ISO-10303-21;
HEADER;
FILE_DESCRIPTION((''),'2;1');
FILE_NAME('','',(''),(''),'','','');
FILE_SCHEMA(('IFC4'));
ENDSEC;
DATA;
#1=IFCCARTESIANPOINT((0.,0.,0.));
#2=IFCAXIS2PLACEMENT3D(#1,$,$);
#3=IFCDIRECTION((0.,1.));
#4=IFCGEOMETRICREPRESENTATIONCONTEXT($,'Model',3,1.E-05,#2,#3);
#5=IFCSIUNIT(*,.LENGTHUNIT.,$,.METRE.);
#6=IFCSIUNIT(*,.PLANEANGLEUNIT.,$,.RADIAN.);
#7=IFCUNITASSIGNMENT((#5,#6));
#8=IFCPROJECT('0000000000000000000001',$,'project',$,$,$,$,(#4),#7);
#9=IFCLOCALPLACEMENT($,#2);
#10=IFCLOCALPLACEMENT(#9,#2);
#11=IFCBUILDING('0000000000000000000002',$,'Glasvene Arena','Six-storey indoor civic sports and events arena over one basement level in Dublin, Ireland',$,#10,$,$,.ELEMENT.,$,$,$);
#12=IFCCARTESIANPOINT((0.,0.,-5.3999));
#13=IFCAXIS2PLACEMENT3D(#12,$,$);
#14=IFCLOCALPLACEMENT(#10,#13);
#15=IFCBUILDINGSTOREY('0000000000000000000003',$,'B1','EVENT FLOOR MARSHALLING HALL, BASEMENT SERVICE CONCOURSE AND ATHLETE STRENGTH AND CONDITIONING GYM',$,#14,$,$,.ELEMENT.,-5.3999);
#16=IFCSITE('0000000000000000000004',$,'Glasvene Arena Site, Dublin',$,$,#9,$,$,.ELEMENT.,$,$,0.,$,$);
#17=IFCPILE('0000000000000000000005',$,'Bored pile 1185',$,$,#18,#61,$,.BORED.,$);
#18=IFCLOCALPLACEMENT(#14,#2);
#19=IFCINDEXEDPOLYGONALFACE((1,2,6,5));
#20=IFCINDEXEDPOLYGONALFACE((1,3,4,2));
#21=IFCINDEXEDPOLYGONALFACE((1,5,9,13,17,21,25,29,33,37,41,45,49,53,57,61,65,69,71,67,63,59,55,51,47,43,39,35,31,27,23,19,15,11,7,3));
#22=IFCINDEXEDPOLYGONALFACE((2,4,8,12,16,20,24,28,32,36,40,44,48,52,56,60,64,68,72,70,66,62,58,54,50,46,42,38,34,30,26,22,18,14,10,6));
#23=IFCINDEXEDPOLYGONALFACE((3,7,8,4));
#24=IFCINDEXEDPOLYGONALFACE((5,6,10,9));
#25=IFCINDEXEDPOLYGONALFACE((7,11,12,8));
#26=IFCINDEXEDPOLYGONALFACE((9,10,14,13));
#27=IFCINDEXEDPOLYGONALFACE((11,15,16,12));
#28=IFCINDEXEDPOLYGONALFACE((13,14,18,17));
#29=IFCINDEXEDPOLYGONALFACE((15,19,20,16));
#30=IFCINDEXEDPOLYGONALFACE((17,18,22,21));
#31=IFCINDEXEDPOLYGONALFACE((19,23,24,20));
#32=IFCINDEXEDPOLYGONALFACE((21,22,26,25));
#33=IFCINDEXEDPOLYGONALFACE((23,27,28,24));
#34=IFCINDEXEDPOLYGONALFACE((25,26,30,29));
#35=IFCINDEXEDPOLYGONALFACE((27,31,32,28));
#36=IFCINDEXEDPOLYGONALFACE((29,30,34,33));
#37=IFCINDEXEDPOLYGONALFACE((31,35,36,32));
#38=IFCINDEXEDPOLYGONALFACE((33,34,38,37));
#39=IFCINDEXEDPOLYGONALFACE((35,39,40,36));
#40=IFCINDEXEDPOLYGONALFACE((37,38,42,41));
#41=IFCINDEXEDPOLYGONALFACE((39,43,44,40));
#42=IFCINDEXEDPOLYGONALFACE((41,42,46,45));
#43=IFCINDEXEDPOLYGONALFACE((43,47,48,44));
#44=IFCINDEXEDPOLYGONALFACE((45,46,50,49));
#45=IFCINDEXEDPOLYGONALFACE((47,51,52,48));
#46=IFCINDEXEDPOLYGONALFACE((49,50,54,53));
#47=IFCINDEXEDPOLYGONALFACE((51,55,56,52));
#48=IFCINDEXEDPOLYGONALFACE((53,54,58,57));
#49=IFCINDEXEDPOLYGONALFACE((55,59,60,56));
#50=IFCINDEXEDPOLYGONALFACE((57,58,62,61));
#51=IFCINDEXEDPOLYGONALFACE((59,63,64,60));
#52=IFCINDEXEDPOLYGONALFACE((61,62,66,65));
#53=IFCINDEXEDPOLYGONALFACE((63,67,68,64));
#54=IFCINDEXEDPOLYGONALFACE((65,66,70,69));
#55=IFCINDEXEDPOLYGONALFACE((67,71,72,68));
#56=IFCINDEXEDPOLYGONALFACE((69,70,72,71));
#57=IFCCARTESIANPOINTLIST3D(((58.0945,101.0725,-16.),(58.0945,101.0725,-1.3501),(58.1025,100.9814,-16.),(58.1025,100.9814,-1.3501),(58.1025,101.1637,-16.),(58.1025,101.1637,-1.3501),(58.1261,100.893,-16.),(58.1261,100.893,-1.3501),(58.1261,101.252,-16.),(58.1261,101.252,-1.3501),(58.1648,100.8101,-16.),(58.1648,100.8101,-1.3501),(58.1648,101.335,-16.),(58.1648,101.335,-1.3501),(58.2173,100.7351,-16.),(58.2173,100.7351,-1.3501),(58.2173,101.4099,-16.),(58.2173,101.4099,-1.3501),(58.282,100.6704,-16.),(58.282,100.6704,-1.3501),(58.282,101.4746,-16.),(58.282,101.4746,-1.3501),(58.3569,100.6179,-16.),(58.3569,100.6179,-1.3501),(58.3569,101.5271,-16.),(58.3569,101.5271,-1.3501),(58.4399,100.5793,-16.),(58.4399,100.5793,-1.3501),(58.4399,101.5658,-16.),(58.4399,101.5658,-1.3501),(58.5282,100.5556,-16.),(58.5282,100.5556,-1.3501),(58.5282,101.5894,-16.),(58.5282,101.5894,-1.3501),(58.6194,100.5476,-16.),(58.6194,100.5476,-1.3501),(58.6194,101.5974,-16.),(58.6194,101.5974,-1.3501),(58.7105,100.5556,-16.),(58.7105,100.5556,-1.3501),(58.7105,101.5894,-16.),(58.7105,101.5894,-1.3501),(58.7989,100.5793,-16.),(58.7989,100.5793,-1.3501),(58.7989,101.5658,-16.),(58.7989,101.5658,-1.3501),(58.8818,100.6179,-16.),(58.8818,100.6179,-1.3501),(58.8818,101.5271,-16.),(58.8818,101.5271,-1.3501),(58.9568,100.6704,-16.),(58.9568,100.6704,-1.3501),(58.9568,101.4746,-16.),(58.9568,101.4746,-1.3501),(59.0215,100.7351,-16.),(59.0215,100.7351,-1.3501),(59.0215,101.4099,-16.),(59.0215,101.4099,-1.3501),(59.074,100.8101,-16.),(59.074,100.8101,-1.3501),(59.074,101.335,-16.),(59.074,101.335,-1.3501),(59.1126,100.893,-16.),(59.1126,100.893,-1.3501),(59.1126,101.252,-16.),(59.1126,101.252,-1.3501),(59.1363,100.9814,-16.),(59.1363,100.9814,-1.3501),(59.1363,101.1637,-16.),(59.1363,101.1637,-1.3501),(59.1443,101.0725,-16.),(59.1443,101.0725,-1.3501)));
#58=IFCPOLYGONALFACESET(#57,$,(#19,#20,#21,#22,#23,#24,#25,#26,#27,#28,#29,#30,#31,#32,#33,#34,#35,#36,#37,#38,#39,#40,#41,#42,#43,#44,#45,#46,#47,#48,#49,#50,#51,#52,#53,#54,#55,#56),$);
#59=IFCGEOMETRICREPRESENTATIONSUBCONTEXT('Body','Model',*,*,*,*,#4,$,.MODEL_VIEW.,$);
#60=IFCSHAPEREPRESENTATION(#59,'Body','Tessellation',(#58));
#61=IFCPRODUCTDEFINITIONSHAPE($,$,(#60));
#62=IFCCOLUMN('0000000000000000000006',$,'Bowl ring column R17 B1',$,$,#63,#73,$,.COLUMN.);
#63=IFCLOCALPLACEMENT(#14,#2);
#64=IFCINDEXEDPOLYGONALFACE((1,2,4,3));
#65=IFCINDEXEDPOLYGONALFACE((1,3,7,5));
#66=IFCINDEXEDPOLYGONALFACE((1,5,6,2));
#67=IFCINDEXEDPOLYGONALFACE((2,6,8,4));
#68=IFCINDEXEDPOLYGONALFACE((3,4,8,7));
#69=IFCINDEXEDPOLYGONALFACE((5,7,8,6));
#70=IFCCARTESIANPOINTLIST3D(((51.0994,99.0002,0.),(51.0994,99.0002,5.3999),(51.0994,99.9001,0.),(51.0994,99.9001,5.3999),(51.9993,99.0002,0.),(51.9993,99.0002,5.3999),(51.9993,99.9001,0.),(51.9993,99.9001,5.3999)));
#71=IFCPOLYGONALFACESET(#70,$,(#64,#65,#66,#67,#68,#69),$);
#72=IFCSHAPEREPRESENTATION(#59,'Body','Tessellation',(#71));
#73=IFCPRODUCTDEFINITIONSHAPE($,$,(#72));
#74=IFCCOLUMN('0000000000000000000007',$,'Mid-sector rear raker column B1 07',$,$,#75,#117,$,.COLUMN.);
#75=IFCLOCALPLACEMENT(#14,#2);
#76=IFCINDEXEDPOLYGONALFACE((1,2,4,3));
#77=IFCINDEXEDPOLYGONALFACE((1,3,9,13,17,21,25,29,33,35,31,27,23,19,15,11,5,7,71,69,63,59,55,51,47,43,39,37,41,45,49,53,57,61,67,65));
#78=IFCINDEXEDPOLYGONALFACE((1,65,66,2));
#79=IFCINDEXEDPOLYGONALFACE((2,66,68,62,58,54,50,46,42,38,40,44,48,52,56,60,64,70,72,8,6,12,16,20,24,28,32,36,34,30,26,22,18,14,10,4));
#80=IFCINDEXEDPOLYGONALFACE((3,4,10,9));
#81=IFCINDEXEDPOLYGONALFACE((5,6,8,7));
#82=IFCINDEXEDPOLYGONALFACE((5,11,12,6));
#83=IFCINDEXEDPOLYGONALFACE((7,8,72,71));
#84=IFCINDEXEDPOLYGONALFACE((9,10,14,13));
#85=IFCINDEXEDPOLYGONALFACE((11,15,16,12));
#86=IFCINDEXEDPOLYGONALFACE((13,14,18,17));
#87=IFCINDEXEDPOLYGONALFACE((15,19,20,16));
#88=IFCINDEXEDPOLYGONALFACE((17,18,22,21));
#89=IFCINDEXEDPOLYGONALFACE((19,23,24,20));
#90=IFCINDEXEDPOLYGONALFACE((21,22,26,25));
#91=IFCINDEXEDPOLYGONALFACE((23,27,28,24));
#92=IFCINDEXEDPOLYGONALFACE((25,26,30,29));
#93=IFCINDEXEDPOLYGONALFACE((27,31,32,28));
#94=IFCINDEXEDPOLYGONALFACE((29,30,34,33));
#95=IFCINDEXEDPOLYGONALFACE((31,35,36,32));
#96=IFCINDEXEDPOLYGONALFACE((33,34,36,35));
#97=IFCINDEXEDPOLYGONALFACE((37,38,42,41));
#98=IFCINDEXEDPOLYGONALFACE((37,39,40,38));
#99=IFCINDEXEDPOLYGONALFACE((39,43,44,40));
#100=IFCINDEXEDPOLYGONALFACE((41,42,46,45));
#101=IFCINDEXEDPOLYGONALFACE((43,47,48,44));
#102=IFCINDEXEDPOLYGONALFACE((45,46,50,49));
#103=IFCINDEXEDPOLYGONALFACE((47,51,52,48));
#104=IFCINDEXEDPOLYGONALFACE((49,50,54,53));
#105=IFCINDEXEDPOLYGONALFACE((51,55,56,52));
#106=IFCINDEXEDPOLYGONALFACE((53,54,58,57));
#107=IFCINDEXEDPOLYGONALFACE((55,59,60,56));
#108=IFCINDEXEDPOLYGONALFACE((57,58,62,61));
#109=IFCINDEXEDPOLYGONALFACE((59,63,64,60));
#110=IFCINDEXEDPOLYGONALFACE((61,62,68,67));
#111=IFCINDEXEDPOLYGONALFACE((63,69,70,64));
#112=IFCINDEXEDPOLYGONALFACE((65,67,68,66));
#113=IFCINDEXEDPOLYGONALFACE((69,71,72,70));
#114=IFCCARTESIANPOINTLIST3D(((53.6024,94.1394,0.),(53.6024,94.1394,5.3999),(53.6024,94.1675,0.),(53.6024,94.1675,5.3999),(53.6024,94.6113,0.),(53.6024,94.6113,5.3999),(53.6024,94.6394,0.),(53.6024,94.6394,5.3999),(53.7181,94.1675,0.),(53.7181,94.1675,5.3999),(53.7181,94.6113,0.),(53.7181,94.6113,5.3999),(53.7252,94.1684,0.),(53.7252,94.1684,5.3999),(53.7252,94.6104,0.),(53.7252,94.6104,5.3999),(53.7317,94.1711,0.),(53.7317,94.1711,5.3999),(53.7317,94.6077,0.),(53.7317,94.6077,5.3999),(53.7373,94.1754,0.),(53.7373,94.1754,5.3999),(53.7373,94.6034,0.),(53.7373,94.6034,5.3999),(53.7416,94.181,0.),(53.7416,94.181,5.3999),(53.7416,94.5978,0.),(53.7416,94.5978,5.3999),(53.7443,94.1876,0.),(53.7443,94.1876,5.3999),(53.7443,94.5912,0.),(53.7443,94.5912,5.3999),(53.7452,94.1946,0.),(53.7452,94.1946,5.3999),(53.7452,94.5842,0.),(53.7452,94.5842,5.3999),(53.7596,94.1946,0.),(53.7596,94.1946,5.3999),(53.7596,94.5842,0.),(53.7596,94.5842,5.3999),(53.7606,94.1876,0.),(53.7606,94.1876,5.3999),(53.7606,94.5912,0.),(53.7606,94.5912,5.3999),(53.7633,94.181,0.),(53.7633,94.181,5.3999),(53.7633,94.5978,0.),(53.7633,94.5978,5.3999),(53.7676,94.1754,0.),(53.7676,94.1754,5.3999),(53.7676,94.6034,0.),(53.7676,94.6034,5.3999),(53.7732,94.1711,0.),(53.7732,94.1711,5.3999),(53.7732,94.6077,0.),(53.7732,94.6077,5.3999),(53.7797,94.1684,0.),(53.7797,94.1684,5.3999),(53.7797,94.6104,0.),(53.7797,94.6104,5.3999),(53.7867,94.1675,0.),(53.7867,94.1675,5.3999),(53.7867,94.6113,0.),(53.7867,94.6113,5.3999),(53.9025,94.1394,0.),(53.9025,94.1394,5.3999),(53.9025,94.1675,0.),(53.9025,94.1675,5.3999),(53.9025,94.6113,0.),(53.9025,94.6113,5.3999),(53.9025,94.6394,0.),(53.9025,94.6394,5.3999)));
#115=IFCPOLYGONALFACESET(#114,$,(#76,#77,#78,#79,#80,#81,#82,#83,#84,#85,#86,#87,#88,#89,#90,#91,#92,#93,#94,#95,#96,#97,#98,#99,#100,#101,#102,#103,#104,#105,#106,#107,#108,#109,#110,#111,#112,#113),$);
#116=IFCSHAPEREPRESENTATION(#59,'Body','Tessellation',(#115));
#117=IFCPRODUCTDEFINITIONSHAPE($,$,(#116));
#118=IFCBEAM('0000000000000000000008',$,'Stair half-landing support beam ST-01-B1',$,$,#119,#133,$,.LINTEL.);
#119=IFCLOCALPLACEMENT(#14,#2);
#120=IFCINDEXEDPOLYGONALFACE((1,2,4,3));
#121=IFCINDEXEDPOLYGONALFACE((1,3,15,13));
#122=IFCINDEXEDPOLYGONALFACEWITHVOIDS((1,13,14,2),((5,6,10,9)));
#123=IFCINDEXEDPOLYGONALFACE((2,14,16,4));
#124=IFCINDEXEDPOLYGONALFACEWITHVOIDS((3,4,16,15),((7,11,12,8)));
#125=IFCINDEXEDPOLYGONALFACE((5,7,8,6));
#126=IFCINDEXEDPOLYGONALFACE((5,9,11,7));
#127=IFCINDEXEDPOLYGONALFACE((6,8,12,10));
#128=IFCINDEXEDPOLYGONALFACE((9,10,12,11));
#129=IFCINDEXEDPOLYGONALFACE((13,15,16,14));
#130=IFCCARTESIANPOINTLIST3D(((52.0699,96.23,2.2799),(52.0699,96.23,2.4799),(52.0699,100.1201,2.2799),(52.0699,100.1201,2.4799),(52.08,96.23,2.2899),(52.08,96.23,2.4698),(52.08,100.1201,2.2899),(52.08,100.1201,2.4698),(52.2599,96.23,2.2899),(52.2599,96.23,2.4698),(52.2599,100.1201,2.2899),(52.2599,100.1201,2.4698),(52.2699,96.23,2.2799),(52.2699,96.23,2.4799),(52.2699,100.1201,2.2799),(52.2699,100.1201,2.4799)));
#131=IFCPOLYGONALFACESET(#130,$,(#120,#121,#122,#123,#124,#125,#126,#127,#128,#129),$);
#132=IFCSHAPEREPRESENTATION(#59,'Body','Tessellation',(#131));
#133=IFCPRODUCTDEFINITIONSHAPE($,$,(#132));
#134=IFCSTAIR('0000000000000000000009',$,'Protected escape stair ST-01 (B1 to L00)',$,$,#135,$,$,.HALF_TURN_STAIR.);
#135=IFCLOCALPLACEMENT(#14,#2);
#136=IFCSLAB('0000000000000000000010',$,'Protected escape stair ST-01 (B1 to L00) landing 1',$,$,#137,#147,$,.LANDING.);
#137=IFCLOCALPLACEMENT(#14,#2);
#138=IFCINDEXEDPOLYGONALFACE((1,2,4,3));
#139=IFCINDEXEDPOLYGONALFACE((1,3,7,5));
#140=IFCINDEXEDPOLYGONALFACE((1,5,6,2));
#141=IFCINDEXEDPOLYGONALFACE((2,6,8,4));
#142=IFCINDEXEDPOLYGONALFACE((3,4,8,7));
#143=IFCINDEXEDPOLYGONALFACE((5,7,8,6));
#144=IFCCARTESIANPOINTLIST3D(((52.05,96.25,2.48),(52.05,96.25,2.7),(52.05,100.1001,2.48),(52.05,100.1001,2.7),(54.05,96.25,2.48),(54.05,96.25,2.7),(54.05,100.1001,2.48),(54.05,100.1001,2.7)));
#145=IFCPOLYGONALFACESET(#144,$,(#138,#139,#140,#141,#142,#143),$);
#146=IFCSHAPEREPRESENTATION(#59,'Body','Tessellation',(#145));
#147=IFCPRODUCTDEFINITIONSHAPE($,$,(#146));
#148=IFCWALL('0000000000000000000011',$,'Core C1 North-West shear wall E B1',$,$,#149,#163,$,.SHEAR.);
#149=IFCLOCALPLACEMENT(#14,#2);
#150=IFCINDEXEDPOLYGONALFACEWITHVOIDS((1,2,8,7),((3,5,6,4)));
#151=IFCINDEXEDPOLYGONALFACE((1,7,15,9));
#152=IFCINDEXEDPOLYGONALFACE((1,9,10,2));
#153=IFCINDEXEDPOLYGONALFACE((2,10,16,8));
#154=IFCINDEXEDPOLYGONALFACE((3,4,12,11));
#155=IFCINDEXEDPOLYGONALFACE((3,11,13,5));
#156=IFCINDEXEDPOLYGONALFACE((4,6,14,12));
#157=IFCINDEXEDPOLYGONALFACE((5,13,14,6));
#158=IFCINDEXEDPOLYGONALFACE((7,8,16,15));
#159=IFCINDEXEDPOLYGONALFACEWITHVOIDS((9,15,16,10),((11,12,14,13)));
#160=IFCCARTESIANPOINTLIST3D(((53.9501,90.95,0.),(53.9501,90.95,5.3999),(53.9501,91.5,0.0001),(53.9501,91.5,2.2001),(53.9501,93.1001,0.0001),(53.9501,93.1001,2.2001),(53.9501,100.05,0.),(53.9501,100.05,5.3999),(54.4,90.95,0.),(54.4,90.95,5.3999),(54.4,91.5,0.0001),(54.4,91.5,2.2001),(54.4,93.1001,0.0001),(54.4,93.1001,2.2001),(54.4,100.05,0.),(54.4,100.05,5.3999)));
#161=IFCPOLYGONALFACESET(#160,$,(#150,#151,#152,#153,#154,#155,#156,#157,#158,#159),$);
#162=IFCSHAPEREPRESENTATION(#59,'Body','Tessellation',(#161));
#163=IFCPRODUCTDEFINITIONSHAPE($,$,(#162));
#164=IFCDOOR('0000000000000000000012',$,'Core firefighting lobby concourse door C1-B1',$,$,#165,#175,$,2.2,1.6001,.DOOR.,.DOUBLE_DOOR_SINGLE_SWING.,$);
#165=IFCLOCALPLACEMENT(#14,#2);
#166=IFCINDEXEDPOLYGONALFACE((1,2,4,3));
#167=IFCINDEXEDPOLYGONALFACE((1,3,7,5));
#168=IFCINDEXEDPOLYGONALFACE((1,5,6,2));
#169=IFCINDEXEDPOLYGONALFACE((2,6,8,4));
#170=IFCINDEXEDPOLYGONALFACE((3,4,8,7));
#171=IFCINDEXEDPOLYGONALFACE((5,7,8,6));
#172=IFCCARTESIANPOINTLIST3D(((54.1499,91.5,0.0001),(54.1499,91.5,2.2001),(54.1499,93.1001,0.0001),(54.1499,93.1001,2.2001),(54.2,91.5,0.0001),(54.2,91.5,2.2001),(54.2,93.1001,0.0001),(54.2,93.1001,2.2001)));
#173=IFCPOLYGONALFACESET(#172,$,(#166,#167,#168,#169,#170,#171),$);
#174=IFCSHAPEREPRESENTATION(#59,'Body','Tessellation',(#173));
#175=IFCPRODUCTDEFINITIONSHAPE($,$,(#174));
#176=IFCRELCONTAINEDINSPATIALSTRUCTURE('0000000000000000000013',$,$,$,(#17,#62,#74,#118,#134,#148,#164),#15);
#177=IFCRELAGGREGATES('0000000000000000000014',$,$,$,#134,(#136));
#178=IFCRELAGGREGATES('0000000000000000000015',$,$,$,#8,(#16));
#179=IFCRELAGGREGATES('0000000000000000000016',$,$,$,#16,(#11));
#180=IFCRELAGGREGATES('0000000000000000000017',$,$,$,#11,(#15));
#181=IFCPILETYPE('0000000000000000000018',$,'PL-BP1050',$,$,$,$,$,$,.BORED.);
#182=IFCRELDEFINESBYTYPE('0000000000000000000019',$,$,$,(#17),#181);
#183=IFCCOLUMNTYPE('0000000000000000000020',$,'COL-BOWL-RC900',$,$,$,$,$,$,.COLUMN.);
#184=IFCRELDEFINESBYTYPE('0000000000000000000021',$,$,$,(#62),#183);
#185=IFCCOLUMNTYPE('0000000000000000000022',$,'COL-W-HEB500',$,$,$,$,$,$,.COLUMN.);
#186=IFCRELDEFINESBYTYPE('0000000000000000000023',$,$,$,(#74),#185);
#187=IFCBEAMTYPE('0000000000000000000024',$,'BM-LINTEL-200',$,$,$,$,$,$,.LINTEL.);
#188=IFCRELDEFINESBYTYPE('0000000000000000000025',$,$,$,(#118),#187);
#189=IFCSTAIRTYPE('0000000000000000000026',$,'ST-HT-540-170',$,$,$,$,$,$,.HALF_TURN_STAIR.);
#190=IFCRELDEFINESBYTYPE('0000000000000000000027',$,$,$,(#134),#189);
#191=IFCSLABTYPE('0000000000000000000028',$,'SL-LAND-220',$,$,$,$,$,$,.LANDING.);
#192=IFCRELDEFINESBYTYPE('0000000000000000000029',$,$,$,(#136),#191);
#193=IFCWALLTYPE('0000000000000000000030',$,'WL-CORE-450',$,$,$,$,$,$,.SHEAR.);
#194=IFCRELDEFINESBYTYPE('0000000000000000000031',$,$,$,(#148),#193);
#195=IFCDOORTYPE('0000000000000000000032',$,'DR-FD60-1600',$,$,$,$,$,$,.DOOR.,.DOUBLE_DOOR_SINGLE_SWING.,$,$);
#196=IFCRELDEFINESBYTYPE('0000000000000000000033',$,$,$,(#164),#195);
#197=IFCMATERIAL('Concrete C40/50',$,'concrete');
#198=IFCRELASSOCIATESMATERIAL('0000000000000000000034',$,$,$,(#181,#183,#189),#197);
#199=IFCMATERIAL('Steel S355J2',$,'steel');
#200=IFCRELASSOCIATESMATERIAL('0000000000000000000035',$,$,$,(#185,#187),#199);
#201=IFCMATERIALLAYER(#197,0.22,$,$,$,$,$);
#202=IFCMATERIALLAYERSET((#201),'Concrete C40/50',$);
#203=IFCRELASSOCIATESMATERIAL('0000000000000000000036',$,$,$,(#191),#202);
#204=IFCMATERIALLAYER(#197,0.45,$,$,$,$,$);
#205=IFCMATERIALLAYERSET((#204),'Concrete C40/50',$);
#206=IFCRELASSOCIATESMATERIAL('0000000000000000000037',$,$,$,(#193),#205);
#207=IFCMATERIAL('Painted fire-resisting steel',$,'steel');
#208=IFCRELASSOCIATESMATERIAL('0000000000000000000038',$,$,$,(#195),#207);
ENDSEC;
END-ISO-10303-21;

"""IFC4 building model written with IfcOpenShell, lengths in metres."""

from ifc_helpers import new_model, si_unit, direction, frame, frame_2d, origin, origin_2d, place, context, subcontext, project, spatial, polyline, rectangle, hollow_rectangle, circle, i_section, outline, extrude, material, layer, layer_set, material_profile, profile_set, type_object, element, fill, aggregate, save


model = new_model("IFC4")

# Units and contexts
model_context = context("Model", 3, precision=1e-05, world=origin(), true_north=direction((0.0, 1.0)))
body_context = subcontext(model_context, "Body", "Model", "MODEL_VIEW")
ifc_project = project(units=[si_unit("LENGTHUNIT", "METRE"), si_unit("PLANEANGLEUNIT", "RADIAN")], contexts=[model_context])

# Site, building, storey
site_placement = place(None, origin())
site = spatial("IfcSite", under=ifc_project, at=site_placement, Name="Glasvene Arena Site, Dublin", CompositionType="ELEMENT", RefElevation=0.0)
building_placement = place(site_placement, origin())
building = spatial("IfcBuilding", under=site, at=building_placement, Name="Glasvene Arena", Description="Six-storey indoor civic sports and events arena over one basement level in Dublin, Ireland", CompositionType="ELEMENT")
storey_placement = place(building_placement, frame((0.0, 0.0, -5.3999)))
storey = spatial("IfcBuildingStorey", under=building, at=storey_placement, Name="B1", Description="EVENT FLOOR MARSHALLING HALL, BASEMENT SERVICE CONCOURSE AND ATHLETE STRENGTH AND CONDITIONING GYM", CompositionType="ELEMENT", Elevation=-5.3999)

# Pile
ifc_material_1 = material(Name="Concrete C40/50", Category="concrete")
ifc_material_profile_1 = material_profile(ifc_material_1, circle(Radius=0.5249, at=origin_2d()), Name="BORED PILE 1050")
ifc_profile_set_1 = profile_set([ifc_material_profile_1], Name="Concrete C40/50")
pile_type = type_object("IfcPileType", Name="PL-BP1050", PredefinedType="BORED", material=ifc_profile_set_1)
for number, where, z_axis, x_axis, name in (
    (1, (58.6194, 101.0725, -1.3501), (0.0, 0.0, -1.0), (1.0, 0.0, 0.0), "Bored pile 1185"),
):
    element("IfcPile", number, at=place(storey_placement, frame(where, z_axis=z_axis, x_axis=x_axis)), inside=storey, type_object=pile_type, Name=name, PredefinedType="BORED", context=body_context, shape_type="SweptSolid", body=[
        extrude(circle(Radius=0.5249, at=origin_2d()), origin(), (0.0, 0.0, 1.0), 14.6499),
    ])

# Columns
ifc_material_profile_2 = material_profile(ifc_material_1, rectangle(XDim=0.8999, YDim=0.8999, at=origin_2d()), Name="RC 900x900")
ifc_profile_set_2 = profile_set([ifc_material_profile_2], Name="Concrete C40/50")
column_type_1 = type_object("IfcColumnType", Name="COL-BOWL-RC900", PredefinedType="COLUMN", material=ifc_profile_set_2)
column_1_placement = place(storey_placement, frame((51.5493, 99.4502, 0.0), z_axis=(0.0, 0.0, 1.0), x_axis=(1.0, 0.0, 0.0)))
element("IfcColumn", 2, at=column_1_placement, inside=storey, type_object=column_type_1, Name="Bowl ring column R17 B1", PredefinedType="COLUMN", context=body_context, shape_type="SweptSolid", body=[
    extrude(rectangle(XDim=0.8999, YDim=0.8999, at=origin_2d()), origin(), (0.0, 0.0, 1.0), 5.3999),
])
ifc_material_2 = material(Name="Steel S355J2", Category="steel")
ifc_material_profile_3 = material_profile(ifc_material_2, i_section(OverallWidth=0.3, OverallDepth=0.5, WebThickness=0.0144, FlangeThickness=0.0281, FilletRadius=0.0271, at=origin_2d()), Name="HEB 500")
ifc_profile_set_3 = profile_set([ifc_material_profile_3], Name="Steel S355J2")
column_type_2 = type_object("IfcColumnType", Name="COL-W-HEB500", PredefinedType="COLUMN", material=ifc_profile_set_3)
column_2_placement = place(storey_placement, frame((53.7524, 94.3894, 0.0), z_axis=(0.0, 0.0, 1.0), x_axis=(1.0, 0.0, 0.0)))
element("IfcColumn", 3, at=column_2_placement, inside=storey, type_object=column_type_2, Name="Mid-sector rear raker column B1 07", PredefinedType="COLUMN", context=body_context, shape_type="SweptSolid", body=[
    extrude(i_section(OverallWidth=0.3, OverallDepth=0.5, WebThickness=0.0144, FlangeThickness=0.0281, FilletRadius=0.0271, at=origin_2d()), origin(), (0.0, 0.0, 1.0), 5.3999),
])

# Beam
ifc_material_profile_4 = material_profile(ifc_material_2, hollow_rectangle(XDim=0.2, YDim=0.2, WallThickness=0.01, at=origin_2d()), Name="SHS 200x200x10.0")
ifc_profile_set_4 = profile_set([ifc_material_profile_4], Name="Steel S355J2")
beam_type = type_object("IfcBeamType", Name="BM-LINTEL-200", PredefinedType="LINTEL", material=ifc_profile_set_4)
beam_placement = place(storey_placement, frame((52.1699, 96.23, 2.3799), z_axis=(0.0, 1.0, 0.0), x_axis=(-1.0, 0.0, 0.0)))
element("IfcBeam", 4, at=beam_placement, inside=storey, type_object=beam_type, Name="Stair half-landing support beam ST-01-B1", PredefinedType="LINTEL", context=body_context, shape_type="SweptSolid", body=[
    extrude(hollow_rectangle(XDim=0.2, YDim=0.2, WallThickness=0.01, at=origin_2d()), origin(), (0.0, 0.0, 1.0), 3.8901),
])

# Stair, slab
stair_type = type_object("IfcStairType", Name="ST-HT-540-170", PredefinedType="HALF_TURN_STAIR", material=ifc_material_1)
stair_placement = place(storey_placement, origin())
stair = element("IfcStair", 5, at=stair_placement, inside=storey, type_object=stair_type, Name="Protected escape stair ST-01 (B1 to L00)", PredefinedType="HALF_TURN_STAIR")
ifc_layer_1 = layer(ifc_material_1, 0.22)
ifc_layer_set_1 = layer_set([ifc_layer_1], Name="Concrete C40/50")
slab_type = type_object("IfcSlabType", Name="SL-LAND-220", PredefinedType="LANDING", material=ifc_layer_set_1)
slab_placement = place(storey_placement, frame((53.05, 98.175, 2.48)))
slab = element("IfcSlab", 6, at=slab_placement, type_object=slab_type, Name="Protected escape stair ST-01 (B1 to L00) landing 1", PredefinedType="LANDING", context=body_context, shape_type="SweptSolid", body=[
    extrude(outline(polyline([(-1.0, -1.925), (1.0, -1.925), (1.0, 1.925), (-1.0, 1.925), (-1.0, -1.925)])), origin(), (0.0, 0.0, 1.0), 0.22),
])

# Wall, opening, door
ifc_layer_2 = layer(ifc_material_1, 0.45)
ifc_layer_set_2 = layer_set([ifc_layer_2], Name="Concrete C40/50")
wall_type_1 = type_object("IfcWallType", Name="WL-CORE-450", PredefinedType="SHEAR", material=ifc_layer_set_2)
wall_1_placement = place(storey_placement, frame((54.175, 90.95, 0.0), z_axis=(0.0, 0.0, 1.0), x_axis=(0.0, 1.0, 0.0)))
wall_1 = element("IfcWall", 7, at=wall_1_placement, inside=storey, type_object=wall_type_1, Name="Core C1 North-West shear wall E B1", PredefinedType="SHEAR", context=body_context, shape_type="SweptSolid", body=[
    extrude(rectangle(XDim=9.1001, YDim=0.45, at=frame_2d((4.55, 0.0))), origin(), (0.0, 0.0, 1.0), 5.3999),
])
opening_placement = place(wall_1_placement, frame((0.55, 0.0, 0.0)))
opening = element("IfcOpeningElement", 8, at=opening_placement, cuts=wall_1, PredefinedType="OPENING", context=body_context, shape_type="SweptSolid", body=[
    extrude(rectangle(XDim=1.6001, YDim=2.2, at=frame_2d((0.8, 1.1001))), frame((0.0, 0.2349, 0.0), z_axis=(0.0, -1.0, 0.0), x_axis=(1.0, 0.0, 0.0)), (0.0, 0.0, 1.0), 0.47),
])
ifc_material_3 = material(Name="Painted fire-resisting steel", Category="steel")
door_type = type_object("IfcDoorType", Name="DR-FD60-1600", OperationType="DOUBLE_DOOR_SINGLE_SWING", PredefinedType="DOOR", material=ifc_material_3)
door_placement = place(opening_placement, frame((1.6001, 0.0, 0.0), z_axis=(0.0, 0.0, 1.0), x_axis=(-1.0, 0.0, 0.0)))
door = element("IfcDoor", 9, at=door_placement, inside=storey, type_object=door_type, Name="Core firefighting lobby concourse door C1-B1", OperationType="DOUBLE_DOOR_SINGLE_SWING", OverallHeight=2.2, OverallWidth=1.6001, PredefinedType="DOOR", context=body_context, shape_type="SweptSolid", body=[
    extrude(rectangle(XDim=1.6001, YDim=2.2, at=frame_2d((0.8, 1.1001))), frame((0.0, 0.0249, 0.0), z_axis=(0.0, -1.0, 0.0), x_axis=(1.0, 0.0, 0.0)), (0.0, 0.0, 1.0), 0.05),
])
fill(opening, door)

aggregate(stair, [slab])

save(model, "model.ifc")
